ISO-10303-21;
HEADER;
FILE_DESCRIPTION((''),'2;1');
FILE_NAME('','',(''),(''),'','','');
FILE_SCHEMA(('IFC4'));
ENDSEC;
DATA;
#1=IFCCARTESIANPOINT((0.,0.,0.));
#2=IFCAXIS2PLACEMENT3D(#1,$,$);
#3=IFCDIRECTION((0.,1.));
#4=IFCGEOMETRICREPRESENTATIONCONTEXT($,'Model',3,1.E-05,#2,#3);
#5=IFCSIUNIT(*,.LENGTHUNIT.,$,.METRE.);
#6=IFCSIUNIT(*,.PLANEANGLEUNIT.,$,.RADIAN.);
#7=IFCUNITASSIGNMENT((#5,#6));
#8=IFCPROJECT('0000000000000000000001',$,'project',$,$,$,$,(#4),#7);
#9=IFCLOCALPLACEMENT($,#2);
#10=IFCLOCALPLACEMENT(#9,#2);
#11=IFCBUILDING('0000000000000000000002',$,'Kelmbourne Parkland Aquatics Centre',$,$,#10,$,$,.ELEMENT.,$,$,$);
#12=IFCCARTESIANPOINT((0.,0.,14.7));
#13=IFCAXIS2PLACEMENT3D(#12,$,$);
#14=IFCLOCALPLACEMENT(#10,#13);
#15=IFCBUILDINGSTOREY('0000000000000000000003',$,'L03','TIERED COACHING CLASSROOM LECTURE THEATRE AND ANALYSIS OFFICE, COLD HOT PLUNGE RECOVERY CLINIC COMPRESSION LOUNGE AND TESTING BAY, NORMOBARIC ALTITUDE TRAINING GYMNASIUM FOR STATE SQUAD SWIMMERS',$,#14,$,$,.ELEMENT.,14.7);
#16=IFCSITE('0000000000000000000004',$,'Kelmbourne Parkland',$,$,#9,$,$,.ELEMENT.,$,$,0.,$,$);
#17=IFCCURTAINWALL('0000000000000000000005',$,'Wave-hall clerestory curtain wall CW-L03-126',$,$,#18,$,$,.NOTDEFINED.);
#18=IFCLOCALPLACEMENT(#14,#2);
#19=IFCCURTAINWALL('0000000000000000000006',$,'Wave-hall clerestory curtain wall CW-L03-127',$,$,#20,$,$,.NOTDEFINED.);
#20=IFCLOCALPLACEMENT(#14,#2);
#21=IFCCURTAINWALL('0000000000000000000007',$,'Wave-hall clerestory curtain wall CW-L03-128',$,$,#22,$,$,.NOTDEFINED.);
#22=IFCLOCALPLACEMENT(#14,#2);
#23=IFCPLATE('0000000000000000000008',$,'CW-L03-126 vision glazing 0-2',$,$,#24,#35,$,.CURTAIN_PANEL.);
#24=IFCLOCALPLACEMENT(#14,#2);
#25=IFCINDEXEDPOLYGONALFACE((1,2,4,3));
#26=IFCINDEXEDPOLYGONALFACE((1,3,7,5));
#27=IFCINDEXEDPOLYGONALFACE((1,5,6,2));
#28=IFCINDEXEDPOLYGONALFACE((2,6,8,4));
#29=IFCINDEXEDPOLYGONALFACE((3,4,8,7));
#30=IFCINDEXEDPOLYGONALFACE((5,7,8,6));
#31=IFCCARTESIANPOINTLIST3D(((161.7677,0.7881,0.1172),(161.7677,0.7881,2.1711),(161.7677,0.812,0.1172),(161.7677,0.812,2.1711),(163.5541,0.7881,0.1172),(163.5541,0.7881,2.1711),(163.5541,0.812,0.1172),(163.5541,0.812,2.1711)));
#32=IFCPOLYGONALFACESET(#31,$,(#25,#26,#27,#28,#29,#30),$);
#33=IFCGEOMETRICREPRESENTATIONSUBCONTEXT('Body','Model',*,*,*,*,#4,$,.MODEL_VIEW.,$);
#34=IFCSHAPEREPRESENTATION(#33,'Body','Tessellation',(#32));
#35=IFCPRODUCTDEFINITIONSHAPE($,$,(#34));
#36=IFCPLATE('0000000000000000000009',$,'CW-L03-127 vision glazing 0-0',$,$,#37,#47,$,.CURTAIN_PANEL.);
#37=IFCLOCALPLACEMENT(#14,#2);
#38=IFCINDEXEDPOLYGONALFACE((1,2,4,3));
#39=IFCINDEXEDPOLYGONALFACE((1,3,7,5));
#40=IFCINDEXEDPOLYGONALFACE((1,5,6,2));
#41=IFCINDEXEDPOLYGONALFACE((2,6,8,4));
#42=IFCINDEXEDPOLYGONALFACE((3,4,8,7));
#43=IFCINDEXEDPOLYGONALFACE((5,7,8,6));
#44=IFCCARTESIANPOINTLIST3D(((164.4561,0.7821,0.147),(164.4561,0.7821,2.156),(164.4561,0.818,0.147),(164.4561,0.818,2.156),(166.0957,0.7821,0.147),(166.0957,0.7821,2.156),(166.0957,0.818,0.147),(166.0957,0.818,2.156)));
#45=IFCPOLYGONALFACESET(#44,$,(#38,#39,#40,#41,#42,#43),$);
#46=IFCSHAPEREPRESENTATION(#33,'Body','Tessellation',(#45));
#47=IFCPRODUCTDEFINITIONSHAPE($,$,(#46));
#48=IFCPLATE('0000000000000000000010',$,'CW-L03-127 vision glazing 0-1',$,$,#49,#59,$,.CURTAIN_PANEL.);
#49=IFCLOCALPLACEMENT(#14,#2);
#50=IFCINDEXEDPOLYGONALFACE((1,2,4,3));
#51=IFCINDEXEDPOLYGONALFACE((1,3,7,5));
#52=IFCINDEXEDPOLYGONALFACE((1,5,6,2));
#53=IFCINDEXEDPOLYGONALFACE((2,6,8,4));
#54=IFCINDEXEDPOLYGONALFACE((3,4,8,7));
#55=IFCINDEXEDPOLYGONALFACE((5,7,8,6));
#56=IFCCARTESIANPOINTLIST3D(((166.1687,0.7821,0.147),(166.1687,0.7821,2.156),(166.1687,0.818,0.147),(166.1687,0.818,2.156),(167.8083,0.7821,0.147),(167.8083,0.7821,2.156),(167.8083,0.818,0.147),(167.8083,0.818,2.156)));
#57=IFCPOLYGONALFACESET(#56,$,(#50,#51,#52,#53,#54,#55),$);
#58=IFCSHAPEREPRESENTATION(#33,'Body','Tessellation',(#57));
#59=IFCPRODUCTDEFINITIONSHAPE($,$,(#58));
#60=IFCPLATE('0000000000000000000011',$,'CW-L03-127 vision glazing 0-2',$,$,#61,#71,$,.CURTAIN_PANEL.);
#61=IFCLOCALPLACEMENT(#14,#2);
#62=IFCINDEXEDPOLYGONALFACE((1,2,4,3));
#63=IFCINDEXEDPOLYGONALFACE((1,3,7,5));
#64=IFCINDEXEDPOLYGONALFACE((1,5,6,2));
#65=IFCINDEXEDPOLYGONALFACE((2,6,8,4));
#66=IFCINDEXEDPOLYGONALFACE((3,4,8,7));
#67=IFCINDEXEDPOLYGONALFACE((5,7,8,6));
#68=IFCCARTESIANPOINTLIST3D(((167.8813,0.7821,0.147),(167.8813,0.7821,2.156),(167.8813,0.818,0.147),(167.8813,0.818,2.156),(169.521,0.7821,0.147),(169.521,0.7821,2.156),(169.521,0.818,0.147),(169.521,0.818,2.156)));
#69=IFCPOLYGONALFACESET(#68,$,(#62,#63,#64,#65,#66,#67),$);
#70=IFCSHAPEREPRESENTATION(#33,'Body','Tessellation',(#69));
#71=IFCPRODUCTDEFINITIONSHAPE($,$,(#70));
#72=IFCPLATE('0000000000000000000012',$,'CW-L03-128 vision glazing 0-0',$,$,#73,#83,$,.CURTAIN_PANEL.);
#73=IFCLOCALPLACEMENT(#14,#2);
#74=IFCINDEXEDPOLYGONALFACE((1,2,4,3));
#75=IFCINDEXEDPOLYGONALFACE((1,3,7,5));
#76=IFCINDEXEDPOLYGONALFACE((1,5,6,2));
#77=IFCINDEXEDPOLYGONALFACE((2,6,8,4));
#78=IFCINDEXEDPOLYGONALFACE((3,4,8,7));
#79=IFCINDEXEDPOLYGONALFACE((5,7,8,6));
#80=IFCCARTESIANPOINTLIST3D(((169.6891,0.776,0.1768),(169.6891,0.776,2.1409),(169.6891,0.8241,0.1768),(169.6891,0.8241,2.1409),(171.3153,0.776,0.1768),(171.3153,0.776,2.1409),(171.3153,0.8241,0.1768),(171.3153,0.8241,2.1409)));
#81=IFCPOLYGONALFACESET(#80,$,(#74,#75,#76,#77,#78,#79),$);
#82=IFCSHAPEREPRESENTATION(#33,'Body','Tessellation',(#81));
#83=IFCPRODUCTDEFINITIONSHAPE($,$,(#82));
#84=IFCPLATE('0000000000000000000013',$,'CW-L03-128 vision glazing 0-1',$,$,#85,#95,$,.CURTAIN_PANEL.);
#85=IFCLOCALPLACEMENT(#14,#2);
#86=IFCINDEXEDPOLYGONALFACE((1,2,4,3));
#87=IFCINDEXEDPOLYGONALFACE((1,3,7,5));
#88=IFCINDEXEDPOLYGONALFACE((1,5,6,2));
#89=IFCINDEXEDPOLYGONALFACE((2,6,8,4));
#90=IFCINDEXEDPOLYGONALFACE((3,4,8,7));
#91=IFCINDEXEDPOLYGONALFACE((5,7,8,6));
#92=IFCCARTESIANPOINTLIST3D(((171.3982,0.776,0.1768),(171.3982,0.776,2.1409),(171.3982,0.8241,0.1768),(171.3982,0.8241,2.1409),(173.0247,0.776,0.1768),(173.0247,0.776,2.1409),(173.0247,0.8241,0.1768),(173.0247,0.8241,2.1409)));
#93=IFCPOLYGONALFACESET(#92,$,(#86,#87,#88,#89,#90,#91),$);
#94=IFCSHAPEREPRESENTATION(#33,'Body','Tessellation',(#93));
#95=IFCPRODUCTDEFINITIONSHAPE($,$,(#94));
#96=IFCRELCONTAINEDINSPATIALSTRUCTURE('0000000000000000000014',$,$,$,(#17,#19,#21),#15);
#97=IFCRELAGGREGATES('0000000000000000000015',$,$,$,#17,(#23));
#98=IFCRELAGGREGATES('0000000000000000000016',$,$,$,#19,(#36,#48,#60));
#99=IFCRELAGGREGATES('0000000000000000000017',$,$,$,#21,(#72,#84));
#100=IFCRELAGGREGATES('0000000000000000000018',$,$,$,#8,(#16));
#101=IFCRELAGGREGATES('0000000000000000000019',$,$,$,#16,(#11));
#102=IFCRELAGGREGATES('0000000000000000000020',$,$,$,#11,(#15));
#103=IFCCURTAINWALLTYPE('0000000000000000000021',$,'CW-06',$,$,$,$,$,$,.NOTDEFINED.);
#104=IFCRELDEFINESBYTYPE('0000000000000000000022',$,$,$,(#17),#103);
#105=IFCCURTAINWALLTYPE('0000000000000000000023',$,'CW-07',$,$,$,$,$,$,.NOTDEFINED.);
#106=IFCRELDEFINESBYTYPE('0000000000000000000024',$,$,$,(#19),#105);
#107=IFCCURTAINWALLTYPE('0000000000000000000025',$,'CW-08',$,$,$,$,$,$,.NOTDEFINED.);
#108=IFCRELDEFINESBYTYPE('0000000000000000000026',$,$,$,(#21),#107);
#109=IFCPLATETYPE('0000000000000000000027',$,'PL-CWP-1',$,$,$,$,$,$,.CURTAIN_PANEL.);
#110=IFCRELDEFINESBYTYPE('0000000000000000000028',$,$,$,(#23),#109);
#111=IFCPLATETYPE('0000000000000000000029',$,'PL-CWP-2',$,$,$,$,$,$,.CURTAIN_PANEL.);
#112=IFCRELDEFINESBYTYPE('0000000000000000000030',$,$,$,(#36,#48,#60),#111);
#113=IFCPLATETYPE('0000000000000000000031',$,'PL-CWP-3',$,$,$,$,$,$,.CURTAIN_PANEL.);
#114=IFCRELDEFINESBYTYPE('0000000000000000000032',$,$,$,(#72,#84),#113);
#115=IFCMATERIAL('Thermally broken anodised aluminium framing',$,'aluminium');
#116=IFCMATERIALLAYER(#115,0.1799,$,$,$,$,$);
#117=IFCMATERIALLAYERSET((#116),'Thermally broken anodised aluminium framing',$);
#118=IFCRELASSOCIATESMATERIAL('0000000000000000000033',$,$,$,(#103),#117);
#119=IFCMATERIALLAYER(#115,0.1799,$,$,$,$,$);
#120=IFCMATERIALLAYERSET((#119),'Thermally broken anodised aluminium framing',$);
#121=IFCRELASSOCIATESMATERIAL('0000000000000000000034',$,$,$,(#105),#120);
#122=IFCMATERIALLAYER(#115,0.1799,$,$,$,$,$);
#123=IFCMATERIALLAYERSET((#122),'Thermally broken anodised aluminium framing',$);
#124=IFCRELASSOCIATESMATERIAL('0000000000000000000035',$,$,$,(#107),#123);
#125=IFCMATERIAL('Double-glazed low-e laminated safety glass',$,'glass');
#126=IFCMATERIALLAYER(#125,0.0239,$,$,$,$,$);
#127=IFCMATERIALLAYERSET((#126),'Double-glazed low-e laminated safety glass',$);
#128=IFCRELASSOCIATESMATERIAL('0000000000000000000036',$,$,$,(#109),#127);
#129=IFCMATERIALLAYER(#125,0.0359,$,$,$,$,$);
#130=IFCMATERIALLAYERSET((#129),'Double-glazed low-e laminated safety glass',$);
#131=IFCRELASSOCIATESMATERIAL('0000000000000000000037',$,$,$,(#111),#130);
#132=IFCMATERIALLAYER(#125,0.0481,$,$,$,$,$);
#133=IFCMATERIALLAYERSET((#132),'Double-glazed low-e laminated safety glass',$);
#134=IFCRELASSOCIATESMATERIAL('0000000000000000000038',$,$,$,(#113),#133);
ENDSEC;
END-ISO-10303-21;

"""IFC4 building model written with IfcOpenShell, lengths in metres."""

from ifc_helpers import new_model, si_unit, direction, frame, origin, origin_2d, place, context, subcontext, project, spatial, rectangle, extrude, material, layer, layer_set, type_object, element, aggregate, save


model = new_model("IFC4")

# Units and contexts
model_context = context("Model", 3, precision=1e-05, world=origin(), true_north=direction((0.0, 1.0)))
body_context = subcontext(model_context, "Body", "Model", "MODEL_VIEW")
ifc_project = project(units=[si_unit("LENGTHUNIT", "METRE"), si_unit("PLANEANGLEUNIT", "RADIAN")], contexts=[model_context])

# Site, building, storey
site_placement = place(None, origin())
site = spatial("IfcSite", under=ifc_project, at=site_placement, Name="Kelmbourne Parkland", CompositionType="ELEMENT", RefElevation=0.0)
building_placement = place(site_placement, origin())
building = spatial("IfcBuilding", under=site, at=building_placement, Name="Kelmbourne Parkland Aquatics Centre", CompositionType="ELEMENT")
storey_placement = place(building_placement, frame((0.0, 0.0, 14.7)))
storey = spatial("IfcBuildingStorey", under=building, at=storey_placement, Name="L03", Description="TIERED COACHING CLASSROOM LECTURE THEATRE AND ANALYSIS OFFICE, COLD HOT PLUNGE RECOVERY CLINIC COMPRESSION LOUNGE AND TESTING BAY, NORMOBARIC ALTITUDE TRAINING GYMNASIUM FOR STATE SQUAD SWIMMERS", CompositionType="ELEMENT", Elevation=14.7)

# Curtain wall
ifc_material_1 = material(Name="Thermally broken anodised aluminium framing", Category="aluminium")
ifc_layer_1 = layer(ifc_material_1, 0.1799)
ifc_layer_set_1 = layer_set([ifc_layer_1], Name="Thermally broken anodised aluminium framing")
curtain_wall_type_1 = type_object("IfcCurtainWallType", Name="CW-06", PredefinedType="NOTDEFINED", material=ifc_layer_set_1)
curtain_wall_1_placement = place(storey_placement, origin())
curtain_wall_1 = element("IfcCurtainWall", 1, at=curtain_wall_1_placement, inside=storey, type_object=curtain_wall_type_1, Name="Wave-hall clerestory curtain wall CW-L03-126", PredefinedType="NOTDEFINED")

# Curtain walls
ifc_layer_2 = layer(ifc_material_1, 0.1799)
ifc_layer_set_2 = layer_set([ifc_layer_2], Name="Thermally broken anodised aluminium framing")
curtain_wall_type_2 = type_object("IfcCurtainWallType", Name="CW-07", PredefinedType="NOTDEFINED", material=ifc_layer_set_2)
curtain_wall_2_placement = place(storey_placement, origin())
curtain_wall_2 = element("IfcCurtainWall", 2, at=curtain_wall_2_placement, inside=storey, type_object=curtain_wall_type_2, Name="Wave-hall clerestory curtain wall CW-L03-127", PredefinedType="NOTDEFINED")
ifc_layer_3 = layer(ifc_material_1, 0.1799)
ifc_layer_set_3 = layer_set([ifc_layer_3], Name="Thermally broken anodised aluminium framing")
curtain_wall_type_3 = type_object("IfcCurtainWallType", Name="CW-08", PredefinedType="NOTDEFINED", material=ifc_layer_set_3)
curtain_wall_3_placement = place(storey_placement, origin())
curtain_wall_3 = element("IfcCurtainWall", 3, at=curtain_wall_3_placement, inside=storey, type_object=curtain_wall_type_3, Name="Wave-hall clerestory curtain wall CW-L03-128", PredefinedType="NOTDEFINED")

# Plates
ifc_material_2 = material(Name="Double-glazed low-e laminated safety glass", Category="glass")
ifc_layer_4 = layer(ifc_material_2, 0.0239)
ifc_layer_set_4 = layer_set([ifc_layer_4], Name="Double-glazed low-e laminated safety glass")
plate_type_1 = type_object("IfcPlateType", Name="PL-CWP-1", PredefinedType="CURTAIN_PANEL", material=ifc_layer_set_4)
plate_1_placement = place(storey_placement, frame((162.6609, 0.8, 0.1172), z_axis=(0.0, 0.0, 1.0), x_axis=(1.0, 0.0, 0.0)))
plate_1 = element("IfcPlate", 4, at=plate_1_placement, type_object=plate_type_1, Name="CW-L03-126 vision glazing 0-2", PredefinedType="CURTAIN_PANEL", context=body_context, shape_type="SweptSolid", body=[
    extrude(rectangle(XDim=1.7864, YDim=0.0239, at=origin_2d()), origin(), (0.0, 0.0, 1.0), 2.054),
])
aggregate(curtain_wall_1, [plate_1])
ifc_layer_5 = layer(ifc_material_2, 0.0359)
ifc_layer_set_5 = layer_set([ifc_layer_5], Name="Double-glazed low-e laminated safety glass")
plate_type_2 = type_object("IfcPlateType", Name="PL-CWP-2", PredefinedType="CURTAIN_PANEL", material=ifc_layer_set_5)
plate_2_placement = place(storey_placement, frame((165.2759, 0.8, 0.147), z_axis=(0.0, 0.0, 1.0), x_axis=(1.0, 0.0, 0.0)))
plate_2 = element("IfcPlate", 5, at=plate_2_placement, type_object=plate_type_2, Name="CW-L03-127 vision glazing 0-0", PredefinedType="CURTAIN_PANEL", context=body_context, shape_type="SweptSolid", body=[
    extrude(rectangle(XDim=1.6396, YDim=0.0359, at=origin_2d()), origin(), (0.0, 0.0, 1.0), 2.009),
])
plate_3_placement = place(storey_placement, frame((166.9885, 0.8, 0.147), z_axis=(0.0, 0.0, 1.0), x_axis=(1.0, 0.0, 0.0)))
plate_3 = element("IfcPlate", 6, at=plate_3_placement, type_object=plate_type_2, Name="CW-L03-127 vision glazing 0-1", PredefinedType="CURTAIN_PANEL", context=body_context, shape_type="SweptSolid", body=[
    extrude(rectangle(XDim=1.6396, YDim=0.0359, at=origin_2d()), origin(), (0.0, 0.0, 1.0), 2.009),
])
plate_4_placement = place(storey_placement, frame((168.7012, 0.8, 0.147), z_axis=(0.0, 0.0, 1.0), x_axis=(1.0, 0.0, 0.0)))
plate_4 = element("IfcPlate", 7, at=plate_4_placement, type_object=plate_type_2, Name="CW-L03-127 vision glazing 0-2", PredefinedType="CURTAIN_PANEL", context=body_context, shape_type="SweptSolid", body=[
    extrude(rectangle(XDim=1.6396, YDim=0.0359, at=origin_2d()), origin(), (0.0, 0.0, 1.0), 2.009),
])
aggregate(curtain_wall_2, [plate_2, plate_3, plate_4])
ifc_layer_6 = layer(ifc_material_2, 0.0481)
ifc_layer_set_6 = layer_set([ifc_layer_6], Name="Double-glazed low-e laminated safety glass")
plate_type_3 = type_object("IfcPlateType", Name="PL-CWP-3", PredefinedType="CURTAIN_PANEL", material=ifc_layer_set_6)
plate_5_placement = place(storey_placement, frame((170.5022, 0.8, 0.1768), z_axis=(0.0, 0.0, 1.0), x_axis=(1.0, 0.0, 0.0)))
plate_5 = element("IfcPlate", 8, at=plate_5_placement, type_object=plate_type_3, Name="CW-L03-128 vision glazing 0-0", PredefinedType="CURTAIN_PANEL", context=body_context, shape_type="SweptSolid", body=[
    extrude(rectangle(XDim=1.6262, YDim=0.0481, at=origin_2d()), origin(), (0.0, 0.0, 1.0), 1.9641),
])
plate_6_placement = place(storey_placement, frame((172.2114, 0.8, 0.1768), z_axis=(0.0, 0.0, 1.0), x_axis=(1.0, 0.0, 0.0)))
plate_6 = element("IfcPlate", 9, at=plate_6_placement, type_object=plate_type_3, Name="CW-L03-128 vision glazing 0-1", PredefinedType="CURTAIN_PANEL", context=body_context, shape_type="SweptSolid", body=[
    extrude(rectangle(XDim=1.6265, YDim=0.0481, at=origin_2d()), origin(), (0.0, 0.0, 1.0), 1.9641),
])
aggregate(curtain_wall_3, [plate_5, plate_6])

save(model, "model.ifc")
